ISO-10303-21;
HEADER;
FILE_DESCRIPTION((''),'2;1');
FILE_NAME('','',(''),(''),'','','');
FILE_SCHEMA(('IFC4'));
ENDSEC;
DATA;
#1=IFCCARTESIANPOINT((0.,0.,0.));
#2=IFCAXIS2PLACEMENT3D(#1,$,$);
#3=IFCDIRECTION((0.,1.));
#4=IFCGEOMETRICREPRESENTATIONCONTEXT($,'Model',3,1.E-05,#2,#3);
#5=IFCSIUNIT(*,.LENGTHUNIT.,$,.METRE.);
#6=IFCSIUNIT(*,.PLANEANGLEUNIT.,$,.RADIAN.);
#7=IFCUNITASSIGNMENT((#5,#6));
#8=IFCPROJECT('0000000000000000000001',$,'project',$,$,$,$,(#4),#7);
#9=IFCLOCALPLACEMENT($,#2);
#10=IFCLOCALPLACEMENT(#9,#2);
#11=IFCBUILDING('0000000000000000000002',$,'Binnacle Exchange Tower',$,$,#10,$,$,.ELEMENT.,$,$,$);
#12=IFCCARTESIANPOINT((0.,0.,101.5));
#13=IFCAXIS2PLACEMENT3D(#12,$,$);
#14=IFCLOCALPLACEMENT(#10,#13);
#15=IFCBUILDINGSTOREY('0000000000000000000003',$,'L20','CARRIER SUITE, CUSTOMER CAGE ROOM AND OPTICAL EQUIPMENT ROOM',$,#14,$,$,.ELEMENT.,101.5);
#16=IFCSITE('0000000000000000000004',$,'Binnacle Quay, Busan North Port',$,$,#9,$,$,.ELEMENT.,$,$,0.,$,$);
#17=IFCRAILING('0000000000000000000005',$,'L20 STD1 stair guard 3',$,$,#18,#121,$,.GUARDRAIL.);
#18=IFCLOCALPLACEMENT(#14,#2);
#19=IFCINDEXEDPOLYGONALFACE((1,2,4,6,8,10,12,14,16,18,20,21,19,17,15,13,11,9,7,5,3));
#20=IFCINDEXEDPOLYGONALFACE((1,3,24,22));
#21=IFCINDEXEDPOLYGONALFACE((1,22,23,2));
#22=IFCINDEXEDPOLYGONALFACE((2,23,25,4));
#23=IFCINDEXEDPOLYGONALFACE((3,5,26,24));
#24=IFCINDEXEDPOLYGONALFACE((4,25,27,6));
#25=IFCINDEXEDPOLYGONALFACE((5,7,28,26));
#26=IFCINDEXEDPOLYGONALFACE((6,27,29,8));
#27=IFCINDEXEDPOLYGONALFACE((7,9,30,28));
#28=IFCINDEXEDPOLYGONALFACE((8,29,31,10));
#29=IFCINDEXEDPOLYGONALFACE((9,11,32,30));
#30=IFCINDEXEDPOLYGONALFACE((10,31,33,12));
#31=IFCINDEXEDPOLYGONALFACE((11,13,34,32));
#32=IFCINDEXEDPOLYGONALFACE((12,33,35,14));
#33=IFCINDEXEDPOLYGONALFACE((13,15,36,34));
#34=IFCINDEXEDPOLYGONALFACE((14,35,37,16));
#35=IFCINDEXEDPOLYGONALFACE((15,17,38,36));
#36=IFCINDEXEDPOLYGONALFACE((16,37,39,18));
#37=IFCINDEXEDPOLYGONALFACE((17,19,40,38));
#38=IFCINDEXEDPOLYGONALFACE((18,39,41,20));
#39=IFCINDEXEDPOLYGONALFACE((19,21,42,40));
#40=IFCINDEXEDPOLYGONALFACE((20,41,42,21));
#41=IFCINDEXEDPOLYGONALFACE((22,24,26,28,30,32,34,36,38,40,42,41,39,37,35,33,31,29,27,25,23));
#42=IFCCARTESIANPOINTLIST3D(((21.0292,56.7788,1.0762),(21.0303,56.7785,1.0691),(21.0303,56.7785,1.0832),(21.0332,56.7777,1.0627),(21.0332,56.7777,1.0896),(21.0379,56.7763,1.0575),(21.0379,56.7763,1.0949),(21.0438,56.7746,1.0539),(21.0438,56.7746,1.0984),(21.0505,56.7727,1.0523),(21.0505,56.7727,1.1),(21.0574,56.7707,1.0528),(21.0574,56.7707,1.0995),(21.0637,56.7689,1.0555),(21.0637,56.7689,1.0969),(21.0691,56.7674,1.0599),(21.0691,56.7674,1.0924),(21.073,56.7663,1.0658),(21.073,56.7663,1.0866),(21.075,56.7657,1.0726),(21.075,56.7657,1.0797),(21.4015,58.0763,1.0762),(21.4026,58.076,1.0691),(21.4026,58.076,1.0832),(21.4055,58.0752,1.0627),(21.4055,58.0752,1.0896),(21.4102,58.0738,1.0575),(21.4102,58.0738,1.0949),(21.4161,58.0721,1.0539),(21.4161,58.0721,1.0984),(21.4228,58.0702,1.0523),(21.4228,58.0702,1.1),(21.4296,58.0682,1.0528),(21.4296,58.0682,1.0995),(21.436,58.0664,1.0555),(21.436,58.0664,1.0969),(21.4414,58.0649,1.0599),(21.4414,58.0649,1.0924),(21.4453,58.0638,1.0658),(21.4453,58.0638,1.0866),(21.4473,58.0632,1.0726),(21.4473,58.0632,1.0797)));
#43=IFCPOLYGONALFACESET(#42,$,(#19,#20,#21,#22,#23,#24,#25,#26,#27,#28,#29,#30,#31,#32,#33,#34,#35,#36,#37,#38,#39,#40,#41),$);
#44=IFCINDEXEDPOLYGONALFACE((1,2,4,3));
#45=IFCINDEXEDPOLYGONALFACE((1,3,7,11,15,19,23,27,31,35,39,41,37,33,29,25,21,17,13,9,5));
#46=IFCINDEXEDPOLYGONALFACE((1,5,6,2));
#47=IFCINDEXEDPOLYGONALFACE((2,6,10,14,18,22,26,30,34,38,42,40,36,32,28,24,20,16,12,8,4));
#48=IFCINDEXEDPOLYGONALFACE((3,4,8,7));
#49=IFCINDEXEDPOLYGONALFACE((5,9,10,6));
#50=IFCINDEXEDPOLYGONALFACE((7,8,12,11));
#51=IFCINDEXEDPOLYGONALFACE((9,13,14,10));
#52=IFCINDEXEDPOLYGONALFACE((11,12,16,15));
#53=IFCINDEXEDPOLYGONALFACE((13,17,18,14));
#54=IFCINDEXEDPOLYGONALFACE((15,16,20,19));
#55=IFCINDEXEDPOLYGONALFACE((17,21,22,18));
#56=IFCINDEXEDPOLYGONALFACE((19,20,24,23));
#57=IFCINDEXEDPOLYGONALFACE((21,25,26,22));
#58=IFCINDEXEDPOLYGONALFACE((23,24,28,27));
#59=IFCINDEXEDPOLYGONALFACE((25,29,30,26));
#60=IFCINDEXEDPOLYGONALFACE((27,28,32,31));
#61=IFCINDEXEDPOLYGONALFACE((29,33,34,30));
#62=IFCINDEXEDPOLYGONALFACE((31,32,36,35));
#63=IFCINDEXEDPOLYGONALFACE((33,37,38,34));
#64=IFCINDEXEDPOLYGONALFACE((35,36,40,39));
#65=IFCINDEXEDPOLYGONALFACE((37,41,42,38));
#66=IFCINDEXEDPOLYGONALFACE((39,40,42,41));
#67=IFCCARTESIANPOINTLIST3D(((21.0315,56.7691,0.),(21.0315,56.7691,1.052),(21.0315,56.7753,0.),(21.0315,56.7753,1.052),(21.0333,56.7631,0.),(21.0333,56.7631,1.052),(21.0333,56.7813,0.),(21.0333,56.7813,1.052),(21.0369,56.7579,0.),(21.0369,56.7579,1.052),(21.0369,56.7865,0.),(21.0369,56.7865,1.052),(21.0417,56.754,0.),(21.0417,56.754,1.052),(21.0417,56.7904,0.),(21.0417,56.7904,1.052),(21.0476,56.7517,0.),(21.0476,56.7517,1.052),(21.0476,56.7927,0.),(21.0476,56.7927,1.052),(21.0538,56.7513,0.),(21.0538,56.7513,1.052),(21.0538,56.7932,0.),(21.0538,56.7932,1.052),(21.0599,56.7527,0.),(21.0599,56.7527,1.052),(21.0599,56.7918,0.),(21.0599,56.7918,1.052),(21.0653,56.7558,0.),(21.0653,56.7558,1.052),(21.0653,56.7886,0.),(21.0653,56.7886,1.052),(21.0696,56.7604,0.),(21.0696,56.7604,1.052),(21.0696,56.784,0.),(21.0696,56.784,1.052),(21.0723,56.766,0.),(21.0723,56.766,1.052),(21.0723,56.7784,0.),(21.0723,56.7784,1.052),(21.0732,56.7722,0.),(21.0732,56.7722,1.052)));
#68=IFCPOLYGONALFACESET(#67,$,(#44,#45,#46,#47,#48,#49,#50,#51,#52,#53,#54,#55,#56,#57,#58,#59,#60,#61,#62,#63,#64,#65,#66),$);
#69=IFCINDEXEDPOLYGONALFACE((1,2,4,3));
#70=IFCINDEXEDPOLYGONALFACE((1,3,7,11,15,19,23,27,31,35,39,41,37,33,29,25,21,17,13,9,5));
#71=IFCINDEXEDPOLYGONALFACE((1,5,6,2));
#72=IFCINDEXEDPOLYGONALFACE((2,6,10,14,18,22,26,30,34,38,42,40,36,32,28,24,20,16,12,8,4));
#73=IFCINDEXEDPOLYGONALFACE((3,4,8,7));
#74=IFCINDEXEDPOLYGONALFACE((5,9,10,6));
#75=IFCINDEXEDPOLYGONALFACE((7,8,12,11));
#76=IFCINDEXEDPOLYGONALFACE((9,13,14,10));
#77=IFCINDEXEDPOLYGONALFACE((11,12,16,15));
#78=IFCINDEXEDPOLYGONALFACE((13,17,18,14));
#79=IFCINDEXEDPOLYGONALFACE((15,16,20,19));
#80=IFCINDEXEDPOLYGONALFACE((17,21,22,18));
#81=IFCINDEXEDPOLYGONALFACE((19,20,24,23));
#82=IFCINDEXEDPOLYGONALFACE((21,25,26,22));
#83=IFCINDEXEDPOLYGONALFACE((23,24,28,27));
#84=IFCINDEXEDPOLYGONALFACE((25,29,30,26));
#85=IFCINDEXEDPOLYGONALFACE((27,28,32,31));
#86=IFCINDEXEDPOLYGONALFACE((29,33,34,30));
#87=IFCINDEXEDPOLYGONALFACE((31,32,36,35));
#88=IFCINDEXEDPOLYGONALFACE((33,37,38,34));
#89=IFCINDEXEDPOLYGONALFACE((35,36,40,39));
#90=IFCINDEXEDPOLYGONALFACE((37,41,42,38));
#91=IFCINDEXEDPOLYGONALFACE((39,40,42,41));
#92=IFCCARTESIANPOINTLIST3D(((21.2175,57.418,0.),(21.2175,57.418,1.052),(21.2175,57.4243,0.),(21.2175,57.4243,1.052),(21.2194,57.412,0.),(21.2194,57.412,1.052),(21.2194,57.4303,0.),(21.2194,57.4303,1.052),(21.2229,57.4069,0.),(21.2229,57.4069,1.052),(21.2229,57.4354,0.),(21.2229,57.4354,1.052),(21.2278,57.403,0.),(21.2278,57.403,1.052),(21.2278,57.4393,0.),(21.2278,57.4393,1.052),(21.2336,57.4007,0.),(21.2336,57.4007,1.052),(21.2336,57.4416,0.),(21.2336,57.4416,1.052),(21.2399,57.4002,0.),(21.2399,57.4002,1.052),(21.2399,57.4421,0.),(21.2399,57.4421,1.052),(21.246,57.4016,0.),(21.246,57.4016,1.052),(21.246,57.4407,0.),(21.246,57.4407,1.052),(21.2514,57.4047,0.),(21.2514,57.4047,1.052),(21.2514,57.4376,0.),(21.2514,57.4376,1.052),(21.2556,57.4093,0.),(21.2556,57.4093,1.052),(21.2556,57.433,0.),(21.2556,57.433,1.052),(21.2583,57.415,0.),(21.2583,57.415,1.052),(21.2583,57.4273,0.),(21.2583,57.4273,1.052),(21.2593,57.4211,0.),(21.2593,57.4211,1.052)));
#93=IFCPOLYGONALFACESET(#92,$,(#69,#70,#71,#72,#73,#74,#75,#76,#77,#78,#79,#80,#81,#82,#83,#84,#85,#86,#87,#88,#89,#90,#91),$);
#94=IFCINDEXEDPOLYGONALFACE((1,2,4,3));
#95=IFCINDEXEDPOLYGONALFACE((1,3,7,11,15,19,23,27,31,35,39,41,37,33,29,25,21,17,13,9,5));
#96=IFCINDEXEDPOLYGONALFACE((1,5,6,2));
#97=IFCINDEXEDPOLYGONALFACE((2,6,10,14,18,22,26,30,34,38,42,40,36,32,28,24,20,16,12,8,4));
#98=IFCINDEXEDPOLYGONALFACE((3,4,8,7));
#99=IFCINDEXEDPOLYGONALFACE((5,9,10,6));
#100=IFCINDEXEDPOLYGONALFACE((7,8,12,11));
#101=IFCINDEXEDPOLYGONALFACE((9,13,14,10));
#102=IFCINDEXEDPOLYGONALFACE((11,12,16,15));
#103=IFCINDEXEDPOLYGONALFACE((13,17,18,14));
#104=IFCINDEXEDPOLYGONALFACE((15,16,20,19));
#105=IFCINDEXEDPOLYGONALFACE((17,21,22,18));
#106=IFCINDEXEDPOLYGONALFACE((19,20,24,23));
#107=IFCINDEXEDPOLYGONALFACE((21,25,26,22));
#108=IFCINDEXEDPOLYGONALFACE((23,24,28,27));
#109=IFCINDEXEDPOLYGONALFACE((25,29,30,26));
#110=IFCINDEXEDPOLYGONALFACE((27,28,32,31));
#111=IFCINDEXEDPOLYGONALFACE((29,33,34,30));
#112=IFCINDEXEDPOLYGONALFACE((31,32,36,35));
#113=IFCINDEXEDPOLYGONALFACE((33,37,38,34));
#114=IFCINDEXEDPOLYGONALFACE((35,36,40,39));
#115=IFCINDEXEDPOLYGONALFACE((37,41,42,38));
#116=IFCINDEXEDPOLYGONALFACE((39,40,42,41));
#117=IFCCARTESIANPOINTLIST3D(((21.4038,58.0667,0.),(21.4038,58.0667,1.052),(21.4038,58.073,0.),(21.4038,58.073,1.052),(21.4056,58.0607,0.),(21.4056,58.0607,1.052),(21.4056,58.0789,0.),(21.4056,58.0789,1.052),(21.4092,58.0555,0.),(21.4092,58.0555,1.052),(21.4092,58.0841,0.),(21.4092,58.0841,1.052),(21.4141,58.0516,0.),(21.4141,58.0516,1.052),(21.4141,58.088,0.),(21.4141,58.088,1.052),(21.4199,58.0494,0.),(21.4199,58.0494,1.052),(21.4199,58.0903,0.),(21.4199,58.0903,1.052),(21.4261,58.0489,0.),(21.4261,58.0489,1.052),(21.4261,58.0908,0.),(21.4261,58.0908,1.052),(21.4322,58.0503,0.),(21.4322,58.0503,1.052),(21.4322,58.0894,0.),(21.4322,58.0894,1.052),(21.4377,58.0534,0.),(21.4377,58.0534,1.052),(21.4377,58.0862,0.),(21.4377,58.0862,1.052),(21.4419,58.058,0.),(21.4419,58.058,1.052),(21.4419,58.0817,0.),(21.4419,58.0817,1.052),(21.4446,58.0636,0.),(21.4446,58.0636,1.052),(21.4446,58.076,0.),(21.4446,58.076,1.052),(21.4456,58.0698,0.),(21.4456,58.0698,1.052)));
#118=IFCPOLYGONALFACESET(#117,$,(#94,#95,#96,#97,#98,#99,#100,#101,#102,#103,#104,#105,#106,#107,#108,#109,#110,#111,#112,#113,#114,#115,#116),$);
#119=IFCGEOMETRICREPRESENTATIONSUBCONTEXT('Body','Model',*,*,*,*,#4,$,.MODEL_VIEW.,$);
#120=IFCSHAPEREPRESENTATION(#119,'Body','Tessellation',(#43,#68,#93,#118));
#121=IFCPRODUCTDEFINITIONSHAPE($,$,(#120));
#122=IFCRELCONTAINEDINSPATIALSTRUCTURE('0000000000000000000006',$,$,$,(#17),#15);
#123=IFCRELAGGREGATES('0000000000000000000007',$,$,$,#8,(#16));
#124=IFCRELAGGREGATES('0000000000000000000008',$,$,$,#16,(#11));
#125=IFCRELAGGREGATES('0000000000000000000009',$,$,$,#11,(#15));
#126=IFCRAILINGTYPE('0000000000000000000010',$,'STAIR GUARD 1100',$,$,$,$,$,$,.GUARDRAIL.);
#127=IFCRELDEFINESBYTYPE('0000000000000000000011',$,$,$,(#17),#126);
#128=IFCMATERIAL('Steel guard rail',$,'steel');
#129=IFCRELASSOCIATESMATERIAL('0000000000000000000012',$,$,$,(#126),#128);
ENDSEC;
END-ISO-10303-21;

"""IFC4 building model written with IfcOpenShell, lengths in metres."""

from ifc_helpers import new_model, si_unit, direction, frame, origin, origin_2d, place, context, subcontext, project, spatial, circle, extrude, material, type_object, element, save


model = new_model("IFC4")

# Units and contexts
model_context = context("Model", 3, precision=1e-05, world=origin(), true_north=direction((0.0, 1.0)))
body_context = subcontext(model_context, "Body", "Model", "MODEL_VIEW")
ifc_project = project(units=[si_unit("LENGTHUNIT", "METRE"), si_unit("PLANEANGLEUNIT", "RADIAN")], contexts=[model_context])

# Site, building, storey
site_placement = place(None, origin())
site = spatial("IfcSite", under=ifc_project, at=site_placement, Name="Binnacle Quay, Busan North Port", CompositionType="ELEMENT", RefElevation=0.0)
building_placement = place(site_placement, origin())
building = spatial("IfcBuilding", under=site, at=building_placement, Name="Binnacle Exchange Tower", CompositionType="ELEMENT")
storey_placement = place(building_placement, frame((0.0, 0.0, 101.5)))
storey = spatial("IfcBuildingStorey", under=building, at=storey_placement, Name="L20", Description="CARRIER SUITE, CUSTOMER CAGE ROOM AND OPTICAL EQUIPMENT ROOM", CompositionType="ELEMENT", Elevation=101.5)

# Railing
ifc_material_1 = material(Name="Steel guard rail", Category="steel")
railing_type_1 = type_object("IfcRailingType", Name="STAIR GUARD 1100", PredefinedType="GUARDRAIL", material=ifc_material_1)
railing_1_placement = place(storey_placement, frame((21.0522, 56.7722, 0.0)))
element("IfcRailing", 1, at=railing_1_placement, inside=storey, type_object=railing_type_1, Name="L20 STD1 stair guard 3", PredefinedType="GUARDRAIL", context=body_context, shape_type="SweptSolid", body=[
    extrude(circle(Radius=0.0239, at=origin_2d()), frame((0.0, 0.0, 1.0762), z_axis=(0.275796, 0.961216, 0.0), x_axis=(-0.961216, 0.275796, 0.0)), (0.0, 0.0, 1.0), 1.3499),
    extrude(circle(Radius=0.021, at=origin_2d()), origin(), (0.0, 0.0, 1.0), 1.052),
    extrude(circle(Radius=0.021, at=origin_2d()), frame((0.186, 0.6489, 0.0)), (0.0, 0.0, 1.0), 1.052),
    extrude(circle(Radius=0.021, at=origin_2d()), frame((0.3723, 1.2976, 0.0)), (0.0, 0.0, 1.0), 1.052),
])

save(model, "model.ifc")
